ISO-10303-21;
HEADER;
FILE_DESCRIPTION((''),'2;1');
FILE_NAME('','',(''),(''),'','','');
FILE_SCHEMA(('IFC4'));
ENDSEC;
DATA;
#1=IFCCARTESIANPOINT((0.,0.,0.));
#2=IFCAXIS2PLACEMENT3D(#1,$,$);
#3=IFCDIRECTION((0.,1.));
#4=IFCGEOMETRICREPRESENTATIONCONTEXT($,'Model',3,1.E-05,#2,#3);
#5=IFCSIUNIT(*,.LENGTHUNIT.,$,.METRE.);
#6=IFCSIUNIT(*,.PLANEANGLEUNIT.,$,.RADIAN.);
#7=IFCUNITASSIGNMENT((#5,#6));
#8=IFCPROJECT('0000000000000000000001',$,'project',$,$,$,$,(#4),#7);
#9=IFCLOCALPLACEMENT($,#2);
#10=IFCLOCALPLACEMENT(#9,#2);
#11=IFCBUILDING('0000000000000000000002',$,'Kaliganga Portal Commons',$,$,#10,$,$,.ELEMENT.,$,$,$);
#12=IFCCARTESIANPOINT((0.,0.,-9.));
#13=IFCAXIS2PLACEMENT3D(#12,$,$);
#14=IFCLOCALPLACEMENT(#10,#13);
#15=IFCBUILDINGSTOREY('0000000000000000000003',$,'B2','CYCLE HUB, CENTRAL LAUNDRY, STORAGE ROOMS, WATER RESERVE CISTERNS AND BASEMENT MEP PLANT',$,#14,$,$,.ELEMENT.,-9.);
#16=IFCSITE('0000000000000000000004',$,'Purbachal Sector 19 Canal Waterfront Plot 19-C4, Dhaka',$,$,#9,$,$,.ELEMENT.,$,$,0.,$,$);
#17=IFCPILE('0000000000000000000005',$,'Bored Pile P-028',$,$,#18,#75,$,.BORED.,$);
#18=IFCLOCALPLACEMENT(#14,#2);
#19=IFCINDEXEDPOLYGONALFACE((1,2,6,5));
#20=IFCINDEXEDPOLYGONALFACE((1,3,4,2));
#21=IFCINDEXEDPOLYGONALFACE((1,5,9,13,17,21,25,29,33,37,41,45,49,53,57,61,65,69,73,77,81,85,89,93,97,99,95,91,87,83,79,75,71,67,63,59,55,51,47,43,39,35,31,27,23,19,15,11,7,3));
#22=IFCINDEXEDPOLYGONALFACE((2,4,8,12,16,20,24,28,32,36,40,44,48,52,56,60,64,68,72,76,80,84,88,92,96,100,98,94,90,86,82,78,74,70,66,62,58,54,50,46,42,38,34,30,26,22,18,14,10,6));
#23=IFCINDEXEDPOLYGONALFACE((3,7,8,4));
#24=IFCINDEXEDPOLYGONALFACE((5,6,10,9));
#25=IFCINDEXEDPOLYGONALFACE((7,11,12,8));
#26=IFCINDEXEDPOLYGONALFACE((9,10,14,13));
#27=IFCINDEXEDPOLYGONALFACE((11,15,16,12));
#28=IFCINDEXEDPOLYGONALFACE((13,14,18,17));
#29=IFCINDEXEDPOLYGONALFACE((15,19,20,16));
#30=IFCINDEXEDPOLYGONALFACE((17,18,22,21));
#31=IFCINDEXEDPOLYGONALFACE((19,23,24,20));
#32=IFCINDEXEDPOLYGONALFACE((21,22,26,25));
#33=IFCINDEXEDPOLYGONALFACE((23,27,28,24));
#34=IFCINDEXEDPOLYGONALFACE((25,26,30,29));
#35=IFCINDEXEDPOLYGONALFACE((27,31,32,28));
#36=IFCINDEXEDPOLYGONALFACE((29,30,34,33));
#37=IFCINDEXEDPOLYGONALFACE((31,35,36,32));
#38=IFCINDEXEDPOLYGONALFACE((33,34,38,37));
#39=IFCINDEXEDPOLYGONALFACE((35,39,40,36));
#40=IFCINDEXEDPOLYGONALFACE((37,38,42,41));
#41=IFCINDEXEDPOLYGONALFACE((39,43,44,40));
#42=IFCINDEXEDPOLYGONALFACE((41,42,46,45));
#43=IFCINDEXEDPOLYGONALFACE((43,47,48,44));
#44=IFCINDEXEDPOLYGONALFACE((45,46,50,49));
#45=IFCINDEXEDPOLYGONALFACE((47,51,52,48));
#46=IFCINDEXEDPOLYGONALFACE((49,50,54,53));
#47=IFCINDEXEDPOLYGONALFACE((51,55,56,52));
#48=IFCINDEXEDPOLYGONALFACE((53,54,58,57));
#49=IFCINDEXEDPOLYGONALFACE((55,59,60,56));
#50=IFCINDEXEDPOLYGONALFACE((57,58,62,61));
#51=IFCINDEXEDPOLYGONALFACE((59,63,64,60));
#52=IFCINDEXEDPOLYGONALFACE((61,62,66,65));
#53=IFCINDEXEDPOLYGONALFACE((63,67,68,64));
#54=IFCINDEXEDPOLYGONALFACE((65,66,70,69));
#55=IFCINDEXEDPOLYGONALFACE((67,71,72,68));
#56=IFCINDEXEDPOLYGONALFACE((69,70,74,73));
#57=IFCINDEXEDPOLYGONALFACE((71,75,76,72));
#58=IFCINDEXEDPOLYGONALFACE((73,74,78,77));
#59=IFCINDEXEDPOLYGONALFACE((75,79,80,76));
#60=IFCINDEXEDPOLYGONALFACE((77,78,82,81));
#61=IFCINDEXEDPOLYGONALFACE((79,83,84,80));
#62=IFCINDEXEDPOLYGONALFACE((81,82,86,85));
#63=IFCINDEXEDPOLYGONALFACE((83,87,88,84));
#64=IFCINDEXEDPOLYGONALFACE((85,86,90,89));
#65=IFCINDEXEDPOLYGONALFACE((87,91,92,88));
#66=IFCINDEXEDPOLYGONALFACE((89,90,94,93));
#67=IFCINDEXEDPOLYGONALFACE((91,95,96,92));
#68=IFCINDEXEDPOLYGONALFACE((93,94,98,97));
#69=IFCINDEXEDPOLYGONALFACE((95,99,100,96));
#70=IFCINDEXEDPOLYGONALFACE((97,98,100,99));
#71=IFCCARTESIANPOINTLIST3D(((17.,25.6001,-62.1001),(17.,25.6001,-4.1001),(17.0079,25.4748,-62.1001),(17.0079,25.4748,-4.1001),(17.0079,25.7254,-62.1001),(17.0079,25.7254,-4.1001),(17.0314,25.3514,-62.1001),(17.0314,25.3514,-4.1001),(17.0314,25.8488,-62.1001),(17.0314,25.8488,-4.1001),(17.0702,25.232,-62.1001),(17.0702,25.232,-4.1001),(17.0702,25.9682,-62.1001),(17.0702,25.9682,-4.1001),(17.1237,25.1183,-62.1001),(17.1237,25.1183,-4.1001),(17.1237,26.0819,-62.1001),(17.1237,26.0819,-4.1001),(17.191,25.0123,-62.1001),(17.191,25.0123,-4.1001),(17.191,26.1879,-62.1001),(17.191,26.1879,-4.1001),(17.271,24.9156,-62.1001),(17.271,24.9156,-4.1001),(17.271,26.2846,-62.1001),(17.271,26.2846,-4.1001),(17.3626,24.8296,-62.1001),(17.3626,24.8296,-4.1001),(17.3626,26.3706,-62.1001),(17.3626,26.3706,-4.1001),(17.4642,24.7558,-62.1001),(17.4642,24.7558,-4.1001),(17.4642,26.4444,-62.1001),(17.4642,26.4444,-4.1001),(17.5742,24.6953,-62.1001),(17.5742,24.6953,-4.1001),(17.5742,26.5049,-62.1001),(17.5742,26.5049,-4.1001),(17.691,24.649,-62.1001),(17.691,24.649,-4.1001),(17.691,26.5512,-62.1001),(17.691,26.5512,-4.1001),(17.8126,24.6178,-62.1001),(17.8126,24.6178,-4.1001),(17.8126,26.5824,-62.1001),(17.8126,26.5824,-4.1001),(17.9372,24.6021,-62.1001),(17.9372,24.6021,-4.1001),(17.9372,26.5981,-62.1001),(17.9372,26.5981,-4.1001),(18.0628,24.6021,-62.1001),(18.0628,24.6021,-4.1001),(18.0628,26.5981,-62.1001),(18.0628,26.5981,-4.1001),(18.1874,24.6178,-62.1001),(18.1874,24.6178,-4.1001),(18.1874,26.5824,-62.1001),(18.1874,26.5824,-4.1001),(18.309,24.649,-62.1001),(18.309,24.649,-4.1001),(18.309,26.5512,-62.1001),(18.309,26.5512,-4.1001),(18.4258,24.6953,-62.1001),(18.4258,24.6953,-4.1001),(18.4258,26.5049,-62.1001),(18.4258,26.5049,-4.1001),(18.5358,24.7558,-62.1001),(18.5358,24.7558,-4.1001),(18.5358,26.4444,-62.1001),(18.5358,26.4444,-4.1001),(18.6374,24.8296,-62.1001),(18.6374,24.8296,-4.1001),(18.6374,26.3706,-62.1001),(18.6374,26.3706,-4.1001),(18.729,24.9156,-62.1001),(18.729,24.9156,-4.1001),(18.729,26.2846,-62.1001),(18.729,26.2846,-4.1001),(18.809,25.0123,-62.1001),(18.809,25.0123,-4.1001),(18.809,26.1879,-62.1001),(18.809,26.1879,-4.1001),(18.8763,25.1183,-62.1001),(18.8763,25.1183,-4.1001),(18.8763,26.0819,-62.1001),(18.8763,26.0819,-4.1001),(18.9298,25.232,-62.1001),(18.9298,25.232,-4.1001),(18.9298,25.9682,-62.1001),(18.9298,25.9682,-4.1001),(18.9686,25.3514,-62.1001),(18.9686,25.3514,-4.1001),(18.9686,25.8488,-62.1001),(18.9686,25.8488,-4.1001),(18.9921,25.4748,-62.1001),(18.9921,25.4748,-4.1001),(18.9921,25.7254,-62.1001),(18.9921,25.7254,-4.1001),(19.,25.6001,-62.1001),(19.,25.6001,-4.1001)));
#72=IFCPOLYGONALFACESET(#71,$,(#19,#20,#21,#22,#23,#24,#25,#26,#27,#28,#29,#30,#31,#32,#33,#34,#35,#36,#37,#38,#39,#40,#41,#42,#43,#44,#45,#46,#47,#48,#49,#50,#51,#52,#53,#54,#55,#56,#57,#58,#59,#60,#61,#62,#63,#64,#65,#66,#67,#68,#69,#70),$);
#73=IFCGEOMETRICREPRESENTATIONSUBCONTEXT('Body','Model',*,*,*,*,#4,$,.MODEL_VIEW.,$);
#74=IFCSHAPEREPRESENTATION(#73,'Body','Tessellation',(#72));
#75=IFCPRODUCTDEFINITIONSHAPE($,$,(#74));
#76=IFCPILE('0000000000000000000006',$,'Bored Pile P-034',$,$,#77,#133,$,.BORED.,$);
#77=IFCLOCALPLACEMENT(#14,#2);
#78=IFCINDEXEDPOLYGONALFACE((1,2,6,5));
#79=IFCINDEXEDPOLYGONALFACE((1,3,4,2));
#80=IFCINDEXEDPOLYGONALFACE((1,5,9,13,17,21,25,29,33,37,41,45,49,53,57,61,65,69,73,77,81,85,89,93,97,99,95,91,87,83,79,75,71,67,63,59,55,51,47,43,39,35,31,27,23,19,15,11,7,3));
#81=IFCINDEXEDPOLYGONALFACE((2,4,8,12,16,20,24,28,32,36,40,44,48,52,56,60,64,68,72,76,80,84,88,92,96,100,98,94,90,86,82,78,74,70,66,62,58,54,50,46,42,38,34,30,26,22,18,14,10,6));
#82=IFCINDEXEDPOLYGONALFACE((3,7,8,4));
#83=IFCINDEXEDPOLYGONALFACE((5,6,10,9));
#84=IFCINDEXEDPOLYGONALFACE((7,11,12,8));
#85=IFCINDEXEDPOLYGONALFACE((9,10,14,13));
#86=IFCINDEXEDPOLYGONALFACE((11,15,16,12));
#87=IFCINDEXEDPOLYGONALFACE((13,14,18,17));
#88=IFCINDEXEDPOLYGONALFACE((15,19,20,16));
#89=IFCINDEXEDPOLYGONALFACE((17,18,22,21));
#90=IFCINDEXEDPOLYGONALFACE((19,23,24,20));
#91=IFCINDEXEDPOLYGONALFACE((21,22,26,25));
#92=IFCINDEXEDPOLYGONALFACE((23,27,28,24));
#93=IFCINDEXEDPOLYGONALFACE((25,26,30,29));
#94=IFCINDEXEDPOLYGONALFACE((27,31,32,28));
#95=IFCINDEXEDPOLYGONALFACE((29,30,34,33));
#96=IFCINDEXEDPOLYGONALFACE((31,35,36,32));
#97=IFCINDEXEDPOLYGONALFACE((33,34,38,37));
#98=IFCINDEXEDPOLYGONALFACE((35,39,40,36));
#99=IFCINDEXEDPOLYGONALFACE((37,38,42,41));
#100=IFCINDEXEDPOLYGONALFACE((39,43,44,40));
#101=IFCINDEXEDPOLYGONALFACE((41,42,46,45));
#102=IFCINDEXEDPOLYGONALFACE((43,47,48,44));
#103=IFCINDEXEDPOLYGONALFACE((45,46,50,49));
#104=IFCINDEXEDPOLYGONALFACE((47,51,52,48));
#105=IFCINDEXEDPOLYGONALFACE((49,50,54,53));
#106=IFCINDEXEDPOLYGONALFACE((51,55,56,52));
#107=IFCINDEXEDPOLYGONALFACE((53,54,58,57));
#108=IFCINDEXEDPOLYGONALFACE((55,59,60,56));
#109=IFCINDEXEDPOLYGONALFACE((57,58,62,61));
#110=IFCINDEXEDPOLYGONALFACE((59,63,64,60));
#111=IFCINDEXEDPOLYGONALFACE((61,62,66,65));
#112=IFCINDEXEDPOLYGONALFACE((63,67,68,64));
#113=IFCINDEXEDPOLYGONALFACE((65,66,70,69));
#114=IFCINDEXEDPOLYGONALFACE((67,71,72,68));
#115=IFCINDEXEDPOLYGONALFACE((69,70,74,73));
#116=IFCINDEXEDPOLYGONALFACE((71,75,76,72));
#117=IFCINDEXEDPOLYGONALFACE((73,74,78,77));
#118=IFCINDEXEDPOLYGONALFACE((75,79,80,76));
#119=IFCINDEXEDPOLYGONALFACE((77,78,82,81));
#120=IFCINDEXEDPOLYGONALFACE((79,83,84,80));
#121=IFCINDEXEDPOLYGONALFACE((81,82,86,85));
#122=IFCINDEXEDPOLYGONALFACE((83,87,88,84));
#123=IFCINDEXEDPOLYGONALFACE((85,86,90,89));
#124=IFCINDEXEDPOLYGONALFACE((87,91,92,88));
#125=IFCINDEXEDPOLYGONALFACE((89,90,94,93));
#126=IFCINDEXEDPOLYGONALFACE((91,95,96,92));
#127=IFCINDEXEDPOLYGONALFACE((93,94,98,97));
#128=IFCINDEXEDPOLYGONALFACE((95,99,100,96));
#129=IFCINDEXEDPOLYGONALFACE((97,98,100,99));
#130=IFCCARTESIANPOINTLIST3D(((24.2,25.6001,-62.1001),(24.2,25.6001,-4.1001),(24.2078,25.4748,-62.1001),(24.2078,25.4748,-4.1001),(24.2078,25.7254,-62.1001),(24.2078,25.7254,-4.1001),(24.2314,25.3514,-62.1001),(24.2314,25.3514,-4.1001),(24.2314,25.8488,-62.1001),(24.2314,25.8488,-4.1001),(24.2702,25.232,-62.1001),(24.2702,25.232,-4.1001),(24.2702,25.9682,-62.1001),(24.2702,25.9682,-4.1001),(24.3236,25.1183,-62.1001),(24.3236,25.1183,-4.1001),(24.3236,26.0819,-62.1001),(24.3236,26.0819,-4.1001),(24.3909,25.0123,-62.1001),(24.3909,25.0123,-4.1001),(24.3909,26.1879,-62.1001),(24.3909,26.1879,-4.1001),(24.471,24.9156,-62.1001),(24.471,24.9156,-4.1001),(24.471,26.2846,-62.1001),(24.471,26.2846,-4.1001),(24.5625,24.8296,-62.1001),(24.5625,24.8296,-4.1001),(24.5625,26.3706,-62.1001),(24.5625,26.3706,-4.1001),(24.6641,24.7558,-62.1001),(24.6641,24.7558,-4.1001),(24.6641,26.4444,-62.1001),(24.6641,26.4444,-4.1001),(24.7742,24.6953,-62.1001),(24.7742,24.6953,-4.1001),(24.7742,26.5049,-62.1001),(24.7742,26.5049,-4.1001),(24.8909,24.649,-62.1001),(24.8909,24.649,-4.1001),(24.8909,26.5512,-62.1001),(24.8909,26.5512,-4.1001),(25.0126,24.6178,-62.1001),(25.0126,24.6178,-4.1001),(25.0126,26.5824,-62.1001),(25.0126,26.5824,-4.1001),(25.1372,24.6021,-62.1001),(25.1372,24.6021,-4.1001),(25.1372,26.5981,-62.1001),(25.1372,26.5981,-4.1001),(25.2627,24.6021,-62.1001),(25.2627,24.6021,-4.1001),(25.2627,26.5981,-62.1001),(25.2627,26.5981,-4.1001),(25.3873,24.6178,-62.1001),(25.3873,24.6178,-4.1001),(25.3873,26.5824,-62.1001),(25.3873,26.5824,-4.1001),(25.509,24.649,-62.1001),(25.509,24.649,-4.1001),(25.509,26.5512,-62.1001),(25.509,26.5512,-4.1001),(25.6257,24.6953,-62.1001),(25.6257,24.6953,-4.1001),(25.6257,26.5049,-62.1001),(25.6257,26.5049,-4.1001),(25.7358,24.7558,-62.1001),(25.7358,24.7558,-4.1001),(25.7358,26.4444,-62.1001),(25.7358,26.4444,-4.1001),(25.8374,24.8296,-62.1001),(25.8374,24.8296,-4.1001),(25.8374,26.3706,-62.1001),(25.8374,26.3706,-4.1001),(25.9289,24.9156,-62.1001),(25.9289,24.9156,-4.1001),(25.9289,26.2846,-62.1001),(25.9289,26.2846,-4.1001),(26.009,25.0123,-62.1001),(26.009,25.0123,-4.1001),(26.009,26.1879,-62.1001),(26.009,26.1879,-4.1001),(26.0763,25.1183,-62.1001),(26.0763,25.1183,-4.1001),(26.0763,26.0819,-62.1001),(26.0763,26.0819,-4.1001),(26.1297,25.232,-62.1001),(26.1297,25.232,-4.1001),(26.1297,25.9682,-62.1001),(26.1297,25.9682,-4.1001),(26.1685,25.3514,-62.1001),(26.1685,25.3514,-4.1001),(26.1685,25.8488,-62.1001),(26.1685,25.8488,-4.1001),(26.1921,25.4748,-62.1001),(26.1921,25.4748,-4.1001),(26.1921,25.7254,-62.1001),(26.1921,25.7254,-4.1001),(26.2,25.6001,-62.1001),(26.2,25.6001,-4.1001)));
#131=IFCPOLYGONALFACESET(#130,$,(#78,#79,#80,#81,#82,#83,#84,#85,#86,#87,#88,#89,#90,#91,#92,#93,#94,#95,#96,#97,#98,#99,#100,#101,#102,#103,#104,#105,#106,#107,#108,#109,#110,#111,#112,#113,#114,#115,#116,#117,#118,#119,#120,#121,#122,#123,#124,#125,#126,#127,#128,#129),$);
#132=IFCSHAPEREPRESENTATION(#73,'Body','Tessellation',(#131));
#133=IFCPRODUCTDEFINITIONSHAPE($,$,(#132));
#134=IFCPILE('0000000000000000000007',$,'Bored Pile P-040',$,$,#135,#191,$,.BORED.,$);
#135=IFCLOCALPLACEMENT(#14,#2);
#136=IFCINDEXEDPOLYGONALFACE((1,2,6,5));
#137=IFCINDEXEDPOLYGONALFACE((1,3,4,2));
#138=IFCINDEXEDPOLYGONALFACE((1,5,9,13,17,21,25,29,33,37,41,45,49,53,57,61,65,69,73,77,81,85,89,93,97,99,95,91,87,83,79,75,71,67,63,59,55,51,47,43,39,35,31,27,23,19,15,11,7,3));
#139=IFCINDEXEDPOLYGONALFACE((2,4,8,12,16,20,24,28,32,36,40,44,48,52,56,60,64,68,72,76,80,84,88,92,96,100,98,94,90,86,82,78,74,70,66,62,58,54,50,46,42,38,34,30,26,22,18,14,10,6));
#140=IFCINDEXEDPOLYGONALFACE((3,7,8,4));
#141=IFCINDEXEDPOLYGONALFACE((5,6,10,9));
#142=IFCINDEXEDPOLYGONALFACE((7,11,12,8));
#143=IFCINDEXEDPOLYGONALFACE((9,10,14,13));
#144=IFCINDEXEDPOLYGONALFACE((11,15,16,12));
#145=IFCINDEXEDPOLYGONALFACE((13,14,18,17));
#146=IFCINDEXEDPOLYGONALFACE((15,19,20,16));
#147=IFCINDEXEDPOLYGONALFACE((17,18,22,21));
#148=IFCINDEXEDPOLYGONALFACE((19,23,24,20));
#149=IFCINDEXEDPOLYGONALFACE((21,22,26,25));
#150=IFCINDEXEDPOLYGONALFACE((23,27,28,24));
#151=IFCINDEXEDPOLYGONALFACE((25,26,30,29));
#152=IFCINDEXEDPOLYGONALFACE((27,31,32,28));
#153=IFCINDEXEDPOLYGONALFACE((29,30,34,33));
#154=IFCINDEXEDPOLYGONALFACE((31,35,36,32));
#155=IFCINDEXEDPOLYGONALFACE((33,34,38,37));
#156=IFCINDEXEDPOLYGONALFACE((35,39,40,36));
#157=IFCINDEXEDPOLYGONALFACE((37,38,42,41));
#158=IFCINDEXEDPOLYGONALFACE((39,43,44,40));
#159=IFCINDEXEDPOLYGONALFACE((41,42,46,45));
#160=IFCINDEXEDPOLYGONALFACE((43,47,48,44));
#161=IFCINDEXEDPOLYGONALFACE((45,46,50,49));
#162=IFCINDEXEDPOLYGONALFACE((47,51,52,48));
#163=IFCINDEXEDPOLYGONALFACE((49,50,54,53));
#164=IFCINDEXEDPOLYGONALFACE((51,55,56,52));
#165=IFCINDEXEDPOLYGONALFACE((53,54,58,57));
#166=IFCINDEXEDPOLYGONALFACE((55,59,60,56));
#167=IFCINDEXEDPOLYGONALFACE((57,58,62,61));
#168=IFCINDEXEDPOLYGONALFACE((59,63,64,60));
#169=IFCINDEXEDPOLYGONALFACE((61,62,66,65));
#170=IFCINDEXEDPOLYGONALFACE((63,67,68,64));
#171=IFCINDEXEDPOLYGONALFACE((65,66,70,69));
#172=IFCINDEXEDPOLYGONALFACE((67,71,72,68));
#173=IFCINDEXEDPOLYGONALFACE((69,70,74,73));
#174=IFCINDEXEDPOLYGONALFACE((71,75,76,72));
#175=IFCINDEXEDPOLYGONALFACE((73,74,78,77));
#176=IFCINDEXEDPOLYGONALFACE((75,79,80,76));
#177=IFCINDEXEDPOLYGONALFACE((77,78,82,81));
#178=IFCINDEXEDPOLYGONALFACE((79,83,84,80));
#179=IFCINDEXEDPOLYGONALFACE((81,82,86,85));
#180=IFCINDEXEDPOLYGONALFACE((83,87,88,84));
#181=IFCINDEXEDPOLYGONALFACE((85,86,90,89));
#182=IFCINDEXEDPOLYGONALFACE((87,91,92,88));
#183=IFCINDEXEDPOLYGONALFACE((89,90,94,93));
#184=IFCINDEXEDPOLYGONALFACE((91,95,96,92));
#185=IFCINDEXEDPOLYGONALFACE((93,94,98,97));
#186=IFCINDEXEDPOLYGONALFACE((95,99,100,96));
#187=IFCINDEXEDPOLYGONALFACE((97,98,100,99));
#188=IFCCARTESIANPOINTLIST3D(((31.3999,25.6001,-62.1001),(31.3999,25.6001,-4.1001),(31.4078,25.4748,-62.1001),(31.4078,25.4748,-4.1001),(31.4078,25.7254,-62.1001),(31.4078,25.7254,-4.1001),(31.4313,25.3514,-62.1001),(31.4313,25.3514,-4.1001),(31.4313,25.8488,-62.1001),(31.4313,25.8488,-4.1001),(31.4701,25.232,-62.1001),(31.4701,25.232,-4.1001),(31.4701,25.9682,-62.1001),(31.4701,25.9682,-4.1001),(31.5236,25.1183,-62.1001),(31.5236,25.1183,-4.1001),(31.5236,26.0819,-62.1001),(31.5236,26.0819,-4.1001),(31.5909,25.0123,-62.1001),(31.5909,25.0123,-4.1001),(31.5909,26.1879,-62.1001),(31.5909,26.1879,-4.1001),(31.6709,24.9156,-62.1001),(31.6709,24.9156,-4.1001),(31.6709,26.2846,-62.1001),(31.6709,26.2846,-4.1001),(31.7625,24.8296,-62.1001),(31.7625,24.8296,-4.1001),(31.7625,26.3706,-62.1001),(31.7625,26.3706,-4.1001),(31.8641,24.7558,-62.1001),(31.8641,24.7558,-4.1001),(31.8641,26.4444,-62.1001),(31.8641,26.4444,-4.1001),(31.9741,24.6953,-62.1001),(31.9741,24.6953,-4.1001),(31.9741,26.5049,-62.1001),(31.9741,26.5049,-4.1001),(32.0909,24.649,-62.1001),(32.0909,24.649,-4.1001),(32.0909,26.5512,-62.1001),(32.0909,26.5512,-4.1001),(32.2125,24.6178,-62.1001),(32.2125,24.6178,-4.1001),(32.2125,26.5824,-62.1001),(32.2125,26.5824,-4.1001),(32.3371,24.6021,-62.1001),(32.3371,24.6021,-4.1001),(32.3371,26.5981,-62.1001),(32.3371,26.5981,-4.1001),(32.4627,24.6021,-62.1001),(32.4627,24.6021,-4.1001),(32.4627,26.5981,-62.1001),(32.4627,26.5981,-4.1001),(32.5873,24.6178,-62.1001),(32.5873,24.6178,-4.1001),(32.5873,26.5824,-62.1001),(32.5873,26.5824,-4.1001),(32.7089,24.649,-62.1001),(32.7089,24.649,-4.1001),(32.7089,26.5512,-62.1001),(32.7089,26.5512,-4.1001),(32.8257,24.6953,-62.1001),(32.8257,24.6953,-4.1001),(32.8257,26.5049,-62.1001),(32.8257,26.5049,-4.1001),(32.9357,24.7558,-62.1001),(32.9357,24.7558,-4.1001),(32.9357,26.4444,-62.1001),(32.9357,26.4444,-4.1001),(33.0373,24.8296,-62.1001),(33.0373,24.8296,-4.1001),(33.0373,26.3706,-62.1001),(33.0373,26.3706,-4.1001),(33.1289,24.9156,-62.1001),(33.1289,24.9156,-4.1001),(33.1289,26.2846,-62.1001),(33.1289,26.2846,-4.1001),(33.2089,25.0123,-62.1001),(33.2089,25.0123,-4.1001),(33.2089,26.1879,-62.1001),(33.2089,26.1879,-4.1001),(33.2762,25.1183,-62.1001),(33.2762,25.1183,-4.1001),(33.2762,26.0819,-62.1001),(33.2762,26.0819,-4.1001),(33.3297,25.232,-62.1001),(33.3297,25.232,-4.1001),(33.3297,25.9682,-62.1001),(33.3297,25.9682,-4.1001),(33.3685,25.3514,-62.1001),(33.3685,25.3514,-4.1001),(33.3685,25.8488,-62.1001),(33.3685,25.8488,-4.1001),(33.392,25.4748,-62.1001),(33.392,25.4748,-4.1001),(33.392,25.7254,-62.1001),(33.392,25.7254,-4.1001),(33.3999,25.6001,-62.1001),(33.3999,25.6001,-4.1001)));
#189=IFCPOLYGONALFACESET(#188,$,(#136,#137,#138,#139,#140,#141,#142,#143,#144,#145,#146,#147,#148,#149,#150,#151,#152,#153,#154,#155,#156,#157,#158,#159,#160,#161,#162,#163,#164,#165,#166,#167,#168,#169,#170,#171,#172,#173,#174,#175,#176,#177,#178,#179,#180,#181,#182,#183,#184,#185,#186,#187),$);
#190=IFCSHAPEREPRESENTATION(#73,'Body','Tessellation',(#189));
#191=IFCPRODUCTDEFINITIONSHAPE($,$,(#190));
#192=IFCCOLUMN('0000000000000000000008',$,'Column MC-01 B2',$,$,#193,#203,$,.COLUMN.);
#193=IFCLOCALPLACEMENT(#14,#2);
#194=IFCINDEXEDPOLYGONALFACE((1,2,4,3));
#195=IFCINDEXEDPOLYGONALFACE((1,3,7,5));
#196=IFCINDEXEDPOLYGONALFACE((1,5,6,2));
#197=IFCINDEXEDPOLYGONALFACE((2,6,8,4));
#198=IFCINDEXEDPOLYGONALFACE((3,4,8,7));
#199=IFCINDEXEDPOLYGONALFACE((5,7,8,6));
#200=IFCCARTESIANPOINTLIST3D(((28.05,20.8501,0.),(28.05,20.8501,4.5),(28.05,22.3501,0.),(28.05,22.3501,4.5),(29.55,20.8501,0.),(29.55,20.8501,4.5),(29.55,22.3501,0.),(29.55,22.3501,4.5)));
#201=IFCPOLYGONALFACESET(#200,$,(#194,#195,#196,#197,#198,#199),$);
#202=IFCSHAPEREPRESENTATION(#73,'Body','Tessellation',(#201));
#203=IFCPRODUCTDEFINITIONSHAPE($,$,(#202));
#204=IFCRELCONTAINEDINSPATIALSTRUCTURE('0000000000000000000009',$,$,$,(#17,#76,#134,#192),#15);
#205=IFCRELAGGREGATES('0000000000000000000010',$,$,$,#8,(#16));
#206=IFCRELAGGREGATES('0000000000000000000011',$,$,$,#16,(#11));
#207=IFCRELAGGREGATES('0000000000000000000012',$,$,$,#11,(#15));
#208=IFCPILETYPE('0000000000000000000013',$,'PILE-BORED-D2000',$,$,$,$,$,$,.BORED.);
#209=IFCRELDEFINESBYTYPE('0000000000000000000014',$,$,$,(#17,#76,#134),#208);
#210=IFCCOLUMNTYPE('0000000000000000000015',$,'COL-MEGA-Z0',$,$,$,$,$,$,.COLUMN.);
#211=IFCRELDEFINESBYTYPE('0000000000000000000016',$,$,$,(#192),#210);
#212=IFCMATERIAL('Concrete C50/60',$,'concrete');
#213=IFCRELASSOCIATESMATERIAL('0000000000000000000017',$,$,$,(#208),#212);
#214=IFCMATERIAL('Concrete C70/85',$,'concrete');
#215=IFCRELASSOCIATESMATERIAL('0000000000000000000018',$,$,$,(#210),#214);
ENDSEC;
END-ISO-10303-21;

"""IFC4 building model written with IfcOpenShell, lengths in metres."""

from ifc_helpers import new_model, si_unit, direction, frame, origin, origin_2d, place, context, subcontext, project, spatial, rectangle, circle, extrude, source, transform, mapped, material, material_profile, profile_set, type_object, element, save


model = new_model("IFC4")

# Units and contexts
model_context = context("Model", 3, precision=1e-05, world=origin(), true_north=direction((0.0, 1.0)))
body_context = subcontext(model_context, "Body", "Model", "MODEL_VIEW")
ifc_project = project(units=[si_unit("LENGTHUNIT", "METRE"), si_unit("PLANEANGLEUNIT", "RADIAN")], contexts=[model_context])

# Site, building, storey
site_placement = place(None, origin())
site = spatial("IfcSite", under=ifc_project, at=site_placement, Name="Purbachal Sector 19 Canal Waterfront Plot 19-C4, Dhaka", CompositionType="ELEMENT", RefElevation=0.0)
building_placement = place(site_placement, origin())
building = spatial("IfcBuilding", under=site, at=building_placement, Name="Kaliganga Portal Commons", CompositionType="ELEMENT")
storey_placement = place(building_placement, frame((0.0, 0.0, -9.0)))
storey = spatial("IfcBuildingStorey", under=building, at=storey_placement, Name="B2", Description="CYCLE HUB, CENTRAL LAUNDRY, STORAGE ROOMS, WATER RESERVE CISTERNS AND BASEMENT MEP PLANT", CompositionType="ELEMENT", Elevation=-9.0)

# Piles
ifc_material_1 = material(Name="Concrete C50/60", Category="concrete")
ifc_material_profile_1 = material_profile(ifc_material_1, circle(Radius=1.0, at=origin_2d()), Name="PILE D2000")
ifc_profile_set_1 = profile_set([ifc_material_profile_1], Name="Concrete C50/60")
pile_type = type_object("IfcPileType", Name="PILE-BORED-D2000", PredefinedType="BORED", material=ifc_profile_set_1)
for number, where, z_axis, x_axis, name in (
    (1, (18.0, 25.6001, -4.1001), (0.0, 0.0, -1.0), (1.0, 0.0, 0.0), "Bored Pile P-028"),
    (2, (25.2, 25.6001, -4.1001), (0.0, 0.0, -1.0), (1.0, 0.0, 0.0), "Bored Pile P-034"),
    (3, (32.3999, 25.6001, -4.1001), (0.0, 0.0, -1.0), (1.0, 0.0, 0.0), "Bored Pile P-040"),
):
    element("IfcPile", number, at=place(storey_placement, frame(where, z_axis=z_axis, x_axis=x_axis)), inside=storey, type_object=pile_type, Name=name, PredefinedType="BORED", context=body_context, shape_type="SweptSolid", body=[
        extrude(circle(Radius=1.0, at=origin_2d()), origin(), (0.0, 0.0, 1.0), 58.0),
    ])

# Column
ifc_material_2 = material(Name="Concrete C70/85", Category="concrete")
ifc_material_profile_2 = material_profile(ifc_material_2, rectangle(XDim=1.5, YDim=1.5, at=origin_2d()), Name="RC 1500x1500")
ifc_profile_set_2 = profile_set([ifc_material_profile_2], Name="Concrete C70/85")
column_type = type_object("IfcColumnType", Name="COL-MEGA-Z0", PredefinedType="COLUMN", material=ifc_profile_set_2)
shared_shape_1 = source(origin(), body_context, "Body", "SweptSolid", [
    extrude(rectangle(XDim=1.5, YDim=1.5, at=origin_2d()), origin(), (0.0, 0.0, 1.0), 4.5),
])
for number, where, z_axis, x_axis, name in (
    (4, (28.8, 21.6001, 0.0), (0.0, 0.0, 1.0), (1.0, 0.0, 0.0), "Column MC-01 B2"),
):
    element("IfcColumn", number, at=place(storey_placement, frame(where, z_axis=z_axis, x_axis=x_axis)), inside=storey, type_object=column_type, Name=name, PredefinedType="COLUMN", context=body_context, shape_type="MappedRepresentation", body=[
        mapped(shared_shape_1, transform((0.0, 0.0, 0.0), x_axis=(1.0, 0.0, 0.0), y_axis=(0.0, 1.0, 0.0), z_axis=(0.0, 0.0, 1.0), scale=1.0)),
    ])

save(model, "model.ifc")
